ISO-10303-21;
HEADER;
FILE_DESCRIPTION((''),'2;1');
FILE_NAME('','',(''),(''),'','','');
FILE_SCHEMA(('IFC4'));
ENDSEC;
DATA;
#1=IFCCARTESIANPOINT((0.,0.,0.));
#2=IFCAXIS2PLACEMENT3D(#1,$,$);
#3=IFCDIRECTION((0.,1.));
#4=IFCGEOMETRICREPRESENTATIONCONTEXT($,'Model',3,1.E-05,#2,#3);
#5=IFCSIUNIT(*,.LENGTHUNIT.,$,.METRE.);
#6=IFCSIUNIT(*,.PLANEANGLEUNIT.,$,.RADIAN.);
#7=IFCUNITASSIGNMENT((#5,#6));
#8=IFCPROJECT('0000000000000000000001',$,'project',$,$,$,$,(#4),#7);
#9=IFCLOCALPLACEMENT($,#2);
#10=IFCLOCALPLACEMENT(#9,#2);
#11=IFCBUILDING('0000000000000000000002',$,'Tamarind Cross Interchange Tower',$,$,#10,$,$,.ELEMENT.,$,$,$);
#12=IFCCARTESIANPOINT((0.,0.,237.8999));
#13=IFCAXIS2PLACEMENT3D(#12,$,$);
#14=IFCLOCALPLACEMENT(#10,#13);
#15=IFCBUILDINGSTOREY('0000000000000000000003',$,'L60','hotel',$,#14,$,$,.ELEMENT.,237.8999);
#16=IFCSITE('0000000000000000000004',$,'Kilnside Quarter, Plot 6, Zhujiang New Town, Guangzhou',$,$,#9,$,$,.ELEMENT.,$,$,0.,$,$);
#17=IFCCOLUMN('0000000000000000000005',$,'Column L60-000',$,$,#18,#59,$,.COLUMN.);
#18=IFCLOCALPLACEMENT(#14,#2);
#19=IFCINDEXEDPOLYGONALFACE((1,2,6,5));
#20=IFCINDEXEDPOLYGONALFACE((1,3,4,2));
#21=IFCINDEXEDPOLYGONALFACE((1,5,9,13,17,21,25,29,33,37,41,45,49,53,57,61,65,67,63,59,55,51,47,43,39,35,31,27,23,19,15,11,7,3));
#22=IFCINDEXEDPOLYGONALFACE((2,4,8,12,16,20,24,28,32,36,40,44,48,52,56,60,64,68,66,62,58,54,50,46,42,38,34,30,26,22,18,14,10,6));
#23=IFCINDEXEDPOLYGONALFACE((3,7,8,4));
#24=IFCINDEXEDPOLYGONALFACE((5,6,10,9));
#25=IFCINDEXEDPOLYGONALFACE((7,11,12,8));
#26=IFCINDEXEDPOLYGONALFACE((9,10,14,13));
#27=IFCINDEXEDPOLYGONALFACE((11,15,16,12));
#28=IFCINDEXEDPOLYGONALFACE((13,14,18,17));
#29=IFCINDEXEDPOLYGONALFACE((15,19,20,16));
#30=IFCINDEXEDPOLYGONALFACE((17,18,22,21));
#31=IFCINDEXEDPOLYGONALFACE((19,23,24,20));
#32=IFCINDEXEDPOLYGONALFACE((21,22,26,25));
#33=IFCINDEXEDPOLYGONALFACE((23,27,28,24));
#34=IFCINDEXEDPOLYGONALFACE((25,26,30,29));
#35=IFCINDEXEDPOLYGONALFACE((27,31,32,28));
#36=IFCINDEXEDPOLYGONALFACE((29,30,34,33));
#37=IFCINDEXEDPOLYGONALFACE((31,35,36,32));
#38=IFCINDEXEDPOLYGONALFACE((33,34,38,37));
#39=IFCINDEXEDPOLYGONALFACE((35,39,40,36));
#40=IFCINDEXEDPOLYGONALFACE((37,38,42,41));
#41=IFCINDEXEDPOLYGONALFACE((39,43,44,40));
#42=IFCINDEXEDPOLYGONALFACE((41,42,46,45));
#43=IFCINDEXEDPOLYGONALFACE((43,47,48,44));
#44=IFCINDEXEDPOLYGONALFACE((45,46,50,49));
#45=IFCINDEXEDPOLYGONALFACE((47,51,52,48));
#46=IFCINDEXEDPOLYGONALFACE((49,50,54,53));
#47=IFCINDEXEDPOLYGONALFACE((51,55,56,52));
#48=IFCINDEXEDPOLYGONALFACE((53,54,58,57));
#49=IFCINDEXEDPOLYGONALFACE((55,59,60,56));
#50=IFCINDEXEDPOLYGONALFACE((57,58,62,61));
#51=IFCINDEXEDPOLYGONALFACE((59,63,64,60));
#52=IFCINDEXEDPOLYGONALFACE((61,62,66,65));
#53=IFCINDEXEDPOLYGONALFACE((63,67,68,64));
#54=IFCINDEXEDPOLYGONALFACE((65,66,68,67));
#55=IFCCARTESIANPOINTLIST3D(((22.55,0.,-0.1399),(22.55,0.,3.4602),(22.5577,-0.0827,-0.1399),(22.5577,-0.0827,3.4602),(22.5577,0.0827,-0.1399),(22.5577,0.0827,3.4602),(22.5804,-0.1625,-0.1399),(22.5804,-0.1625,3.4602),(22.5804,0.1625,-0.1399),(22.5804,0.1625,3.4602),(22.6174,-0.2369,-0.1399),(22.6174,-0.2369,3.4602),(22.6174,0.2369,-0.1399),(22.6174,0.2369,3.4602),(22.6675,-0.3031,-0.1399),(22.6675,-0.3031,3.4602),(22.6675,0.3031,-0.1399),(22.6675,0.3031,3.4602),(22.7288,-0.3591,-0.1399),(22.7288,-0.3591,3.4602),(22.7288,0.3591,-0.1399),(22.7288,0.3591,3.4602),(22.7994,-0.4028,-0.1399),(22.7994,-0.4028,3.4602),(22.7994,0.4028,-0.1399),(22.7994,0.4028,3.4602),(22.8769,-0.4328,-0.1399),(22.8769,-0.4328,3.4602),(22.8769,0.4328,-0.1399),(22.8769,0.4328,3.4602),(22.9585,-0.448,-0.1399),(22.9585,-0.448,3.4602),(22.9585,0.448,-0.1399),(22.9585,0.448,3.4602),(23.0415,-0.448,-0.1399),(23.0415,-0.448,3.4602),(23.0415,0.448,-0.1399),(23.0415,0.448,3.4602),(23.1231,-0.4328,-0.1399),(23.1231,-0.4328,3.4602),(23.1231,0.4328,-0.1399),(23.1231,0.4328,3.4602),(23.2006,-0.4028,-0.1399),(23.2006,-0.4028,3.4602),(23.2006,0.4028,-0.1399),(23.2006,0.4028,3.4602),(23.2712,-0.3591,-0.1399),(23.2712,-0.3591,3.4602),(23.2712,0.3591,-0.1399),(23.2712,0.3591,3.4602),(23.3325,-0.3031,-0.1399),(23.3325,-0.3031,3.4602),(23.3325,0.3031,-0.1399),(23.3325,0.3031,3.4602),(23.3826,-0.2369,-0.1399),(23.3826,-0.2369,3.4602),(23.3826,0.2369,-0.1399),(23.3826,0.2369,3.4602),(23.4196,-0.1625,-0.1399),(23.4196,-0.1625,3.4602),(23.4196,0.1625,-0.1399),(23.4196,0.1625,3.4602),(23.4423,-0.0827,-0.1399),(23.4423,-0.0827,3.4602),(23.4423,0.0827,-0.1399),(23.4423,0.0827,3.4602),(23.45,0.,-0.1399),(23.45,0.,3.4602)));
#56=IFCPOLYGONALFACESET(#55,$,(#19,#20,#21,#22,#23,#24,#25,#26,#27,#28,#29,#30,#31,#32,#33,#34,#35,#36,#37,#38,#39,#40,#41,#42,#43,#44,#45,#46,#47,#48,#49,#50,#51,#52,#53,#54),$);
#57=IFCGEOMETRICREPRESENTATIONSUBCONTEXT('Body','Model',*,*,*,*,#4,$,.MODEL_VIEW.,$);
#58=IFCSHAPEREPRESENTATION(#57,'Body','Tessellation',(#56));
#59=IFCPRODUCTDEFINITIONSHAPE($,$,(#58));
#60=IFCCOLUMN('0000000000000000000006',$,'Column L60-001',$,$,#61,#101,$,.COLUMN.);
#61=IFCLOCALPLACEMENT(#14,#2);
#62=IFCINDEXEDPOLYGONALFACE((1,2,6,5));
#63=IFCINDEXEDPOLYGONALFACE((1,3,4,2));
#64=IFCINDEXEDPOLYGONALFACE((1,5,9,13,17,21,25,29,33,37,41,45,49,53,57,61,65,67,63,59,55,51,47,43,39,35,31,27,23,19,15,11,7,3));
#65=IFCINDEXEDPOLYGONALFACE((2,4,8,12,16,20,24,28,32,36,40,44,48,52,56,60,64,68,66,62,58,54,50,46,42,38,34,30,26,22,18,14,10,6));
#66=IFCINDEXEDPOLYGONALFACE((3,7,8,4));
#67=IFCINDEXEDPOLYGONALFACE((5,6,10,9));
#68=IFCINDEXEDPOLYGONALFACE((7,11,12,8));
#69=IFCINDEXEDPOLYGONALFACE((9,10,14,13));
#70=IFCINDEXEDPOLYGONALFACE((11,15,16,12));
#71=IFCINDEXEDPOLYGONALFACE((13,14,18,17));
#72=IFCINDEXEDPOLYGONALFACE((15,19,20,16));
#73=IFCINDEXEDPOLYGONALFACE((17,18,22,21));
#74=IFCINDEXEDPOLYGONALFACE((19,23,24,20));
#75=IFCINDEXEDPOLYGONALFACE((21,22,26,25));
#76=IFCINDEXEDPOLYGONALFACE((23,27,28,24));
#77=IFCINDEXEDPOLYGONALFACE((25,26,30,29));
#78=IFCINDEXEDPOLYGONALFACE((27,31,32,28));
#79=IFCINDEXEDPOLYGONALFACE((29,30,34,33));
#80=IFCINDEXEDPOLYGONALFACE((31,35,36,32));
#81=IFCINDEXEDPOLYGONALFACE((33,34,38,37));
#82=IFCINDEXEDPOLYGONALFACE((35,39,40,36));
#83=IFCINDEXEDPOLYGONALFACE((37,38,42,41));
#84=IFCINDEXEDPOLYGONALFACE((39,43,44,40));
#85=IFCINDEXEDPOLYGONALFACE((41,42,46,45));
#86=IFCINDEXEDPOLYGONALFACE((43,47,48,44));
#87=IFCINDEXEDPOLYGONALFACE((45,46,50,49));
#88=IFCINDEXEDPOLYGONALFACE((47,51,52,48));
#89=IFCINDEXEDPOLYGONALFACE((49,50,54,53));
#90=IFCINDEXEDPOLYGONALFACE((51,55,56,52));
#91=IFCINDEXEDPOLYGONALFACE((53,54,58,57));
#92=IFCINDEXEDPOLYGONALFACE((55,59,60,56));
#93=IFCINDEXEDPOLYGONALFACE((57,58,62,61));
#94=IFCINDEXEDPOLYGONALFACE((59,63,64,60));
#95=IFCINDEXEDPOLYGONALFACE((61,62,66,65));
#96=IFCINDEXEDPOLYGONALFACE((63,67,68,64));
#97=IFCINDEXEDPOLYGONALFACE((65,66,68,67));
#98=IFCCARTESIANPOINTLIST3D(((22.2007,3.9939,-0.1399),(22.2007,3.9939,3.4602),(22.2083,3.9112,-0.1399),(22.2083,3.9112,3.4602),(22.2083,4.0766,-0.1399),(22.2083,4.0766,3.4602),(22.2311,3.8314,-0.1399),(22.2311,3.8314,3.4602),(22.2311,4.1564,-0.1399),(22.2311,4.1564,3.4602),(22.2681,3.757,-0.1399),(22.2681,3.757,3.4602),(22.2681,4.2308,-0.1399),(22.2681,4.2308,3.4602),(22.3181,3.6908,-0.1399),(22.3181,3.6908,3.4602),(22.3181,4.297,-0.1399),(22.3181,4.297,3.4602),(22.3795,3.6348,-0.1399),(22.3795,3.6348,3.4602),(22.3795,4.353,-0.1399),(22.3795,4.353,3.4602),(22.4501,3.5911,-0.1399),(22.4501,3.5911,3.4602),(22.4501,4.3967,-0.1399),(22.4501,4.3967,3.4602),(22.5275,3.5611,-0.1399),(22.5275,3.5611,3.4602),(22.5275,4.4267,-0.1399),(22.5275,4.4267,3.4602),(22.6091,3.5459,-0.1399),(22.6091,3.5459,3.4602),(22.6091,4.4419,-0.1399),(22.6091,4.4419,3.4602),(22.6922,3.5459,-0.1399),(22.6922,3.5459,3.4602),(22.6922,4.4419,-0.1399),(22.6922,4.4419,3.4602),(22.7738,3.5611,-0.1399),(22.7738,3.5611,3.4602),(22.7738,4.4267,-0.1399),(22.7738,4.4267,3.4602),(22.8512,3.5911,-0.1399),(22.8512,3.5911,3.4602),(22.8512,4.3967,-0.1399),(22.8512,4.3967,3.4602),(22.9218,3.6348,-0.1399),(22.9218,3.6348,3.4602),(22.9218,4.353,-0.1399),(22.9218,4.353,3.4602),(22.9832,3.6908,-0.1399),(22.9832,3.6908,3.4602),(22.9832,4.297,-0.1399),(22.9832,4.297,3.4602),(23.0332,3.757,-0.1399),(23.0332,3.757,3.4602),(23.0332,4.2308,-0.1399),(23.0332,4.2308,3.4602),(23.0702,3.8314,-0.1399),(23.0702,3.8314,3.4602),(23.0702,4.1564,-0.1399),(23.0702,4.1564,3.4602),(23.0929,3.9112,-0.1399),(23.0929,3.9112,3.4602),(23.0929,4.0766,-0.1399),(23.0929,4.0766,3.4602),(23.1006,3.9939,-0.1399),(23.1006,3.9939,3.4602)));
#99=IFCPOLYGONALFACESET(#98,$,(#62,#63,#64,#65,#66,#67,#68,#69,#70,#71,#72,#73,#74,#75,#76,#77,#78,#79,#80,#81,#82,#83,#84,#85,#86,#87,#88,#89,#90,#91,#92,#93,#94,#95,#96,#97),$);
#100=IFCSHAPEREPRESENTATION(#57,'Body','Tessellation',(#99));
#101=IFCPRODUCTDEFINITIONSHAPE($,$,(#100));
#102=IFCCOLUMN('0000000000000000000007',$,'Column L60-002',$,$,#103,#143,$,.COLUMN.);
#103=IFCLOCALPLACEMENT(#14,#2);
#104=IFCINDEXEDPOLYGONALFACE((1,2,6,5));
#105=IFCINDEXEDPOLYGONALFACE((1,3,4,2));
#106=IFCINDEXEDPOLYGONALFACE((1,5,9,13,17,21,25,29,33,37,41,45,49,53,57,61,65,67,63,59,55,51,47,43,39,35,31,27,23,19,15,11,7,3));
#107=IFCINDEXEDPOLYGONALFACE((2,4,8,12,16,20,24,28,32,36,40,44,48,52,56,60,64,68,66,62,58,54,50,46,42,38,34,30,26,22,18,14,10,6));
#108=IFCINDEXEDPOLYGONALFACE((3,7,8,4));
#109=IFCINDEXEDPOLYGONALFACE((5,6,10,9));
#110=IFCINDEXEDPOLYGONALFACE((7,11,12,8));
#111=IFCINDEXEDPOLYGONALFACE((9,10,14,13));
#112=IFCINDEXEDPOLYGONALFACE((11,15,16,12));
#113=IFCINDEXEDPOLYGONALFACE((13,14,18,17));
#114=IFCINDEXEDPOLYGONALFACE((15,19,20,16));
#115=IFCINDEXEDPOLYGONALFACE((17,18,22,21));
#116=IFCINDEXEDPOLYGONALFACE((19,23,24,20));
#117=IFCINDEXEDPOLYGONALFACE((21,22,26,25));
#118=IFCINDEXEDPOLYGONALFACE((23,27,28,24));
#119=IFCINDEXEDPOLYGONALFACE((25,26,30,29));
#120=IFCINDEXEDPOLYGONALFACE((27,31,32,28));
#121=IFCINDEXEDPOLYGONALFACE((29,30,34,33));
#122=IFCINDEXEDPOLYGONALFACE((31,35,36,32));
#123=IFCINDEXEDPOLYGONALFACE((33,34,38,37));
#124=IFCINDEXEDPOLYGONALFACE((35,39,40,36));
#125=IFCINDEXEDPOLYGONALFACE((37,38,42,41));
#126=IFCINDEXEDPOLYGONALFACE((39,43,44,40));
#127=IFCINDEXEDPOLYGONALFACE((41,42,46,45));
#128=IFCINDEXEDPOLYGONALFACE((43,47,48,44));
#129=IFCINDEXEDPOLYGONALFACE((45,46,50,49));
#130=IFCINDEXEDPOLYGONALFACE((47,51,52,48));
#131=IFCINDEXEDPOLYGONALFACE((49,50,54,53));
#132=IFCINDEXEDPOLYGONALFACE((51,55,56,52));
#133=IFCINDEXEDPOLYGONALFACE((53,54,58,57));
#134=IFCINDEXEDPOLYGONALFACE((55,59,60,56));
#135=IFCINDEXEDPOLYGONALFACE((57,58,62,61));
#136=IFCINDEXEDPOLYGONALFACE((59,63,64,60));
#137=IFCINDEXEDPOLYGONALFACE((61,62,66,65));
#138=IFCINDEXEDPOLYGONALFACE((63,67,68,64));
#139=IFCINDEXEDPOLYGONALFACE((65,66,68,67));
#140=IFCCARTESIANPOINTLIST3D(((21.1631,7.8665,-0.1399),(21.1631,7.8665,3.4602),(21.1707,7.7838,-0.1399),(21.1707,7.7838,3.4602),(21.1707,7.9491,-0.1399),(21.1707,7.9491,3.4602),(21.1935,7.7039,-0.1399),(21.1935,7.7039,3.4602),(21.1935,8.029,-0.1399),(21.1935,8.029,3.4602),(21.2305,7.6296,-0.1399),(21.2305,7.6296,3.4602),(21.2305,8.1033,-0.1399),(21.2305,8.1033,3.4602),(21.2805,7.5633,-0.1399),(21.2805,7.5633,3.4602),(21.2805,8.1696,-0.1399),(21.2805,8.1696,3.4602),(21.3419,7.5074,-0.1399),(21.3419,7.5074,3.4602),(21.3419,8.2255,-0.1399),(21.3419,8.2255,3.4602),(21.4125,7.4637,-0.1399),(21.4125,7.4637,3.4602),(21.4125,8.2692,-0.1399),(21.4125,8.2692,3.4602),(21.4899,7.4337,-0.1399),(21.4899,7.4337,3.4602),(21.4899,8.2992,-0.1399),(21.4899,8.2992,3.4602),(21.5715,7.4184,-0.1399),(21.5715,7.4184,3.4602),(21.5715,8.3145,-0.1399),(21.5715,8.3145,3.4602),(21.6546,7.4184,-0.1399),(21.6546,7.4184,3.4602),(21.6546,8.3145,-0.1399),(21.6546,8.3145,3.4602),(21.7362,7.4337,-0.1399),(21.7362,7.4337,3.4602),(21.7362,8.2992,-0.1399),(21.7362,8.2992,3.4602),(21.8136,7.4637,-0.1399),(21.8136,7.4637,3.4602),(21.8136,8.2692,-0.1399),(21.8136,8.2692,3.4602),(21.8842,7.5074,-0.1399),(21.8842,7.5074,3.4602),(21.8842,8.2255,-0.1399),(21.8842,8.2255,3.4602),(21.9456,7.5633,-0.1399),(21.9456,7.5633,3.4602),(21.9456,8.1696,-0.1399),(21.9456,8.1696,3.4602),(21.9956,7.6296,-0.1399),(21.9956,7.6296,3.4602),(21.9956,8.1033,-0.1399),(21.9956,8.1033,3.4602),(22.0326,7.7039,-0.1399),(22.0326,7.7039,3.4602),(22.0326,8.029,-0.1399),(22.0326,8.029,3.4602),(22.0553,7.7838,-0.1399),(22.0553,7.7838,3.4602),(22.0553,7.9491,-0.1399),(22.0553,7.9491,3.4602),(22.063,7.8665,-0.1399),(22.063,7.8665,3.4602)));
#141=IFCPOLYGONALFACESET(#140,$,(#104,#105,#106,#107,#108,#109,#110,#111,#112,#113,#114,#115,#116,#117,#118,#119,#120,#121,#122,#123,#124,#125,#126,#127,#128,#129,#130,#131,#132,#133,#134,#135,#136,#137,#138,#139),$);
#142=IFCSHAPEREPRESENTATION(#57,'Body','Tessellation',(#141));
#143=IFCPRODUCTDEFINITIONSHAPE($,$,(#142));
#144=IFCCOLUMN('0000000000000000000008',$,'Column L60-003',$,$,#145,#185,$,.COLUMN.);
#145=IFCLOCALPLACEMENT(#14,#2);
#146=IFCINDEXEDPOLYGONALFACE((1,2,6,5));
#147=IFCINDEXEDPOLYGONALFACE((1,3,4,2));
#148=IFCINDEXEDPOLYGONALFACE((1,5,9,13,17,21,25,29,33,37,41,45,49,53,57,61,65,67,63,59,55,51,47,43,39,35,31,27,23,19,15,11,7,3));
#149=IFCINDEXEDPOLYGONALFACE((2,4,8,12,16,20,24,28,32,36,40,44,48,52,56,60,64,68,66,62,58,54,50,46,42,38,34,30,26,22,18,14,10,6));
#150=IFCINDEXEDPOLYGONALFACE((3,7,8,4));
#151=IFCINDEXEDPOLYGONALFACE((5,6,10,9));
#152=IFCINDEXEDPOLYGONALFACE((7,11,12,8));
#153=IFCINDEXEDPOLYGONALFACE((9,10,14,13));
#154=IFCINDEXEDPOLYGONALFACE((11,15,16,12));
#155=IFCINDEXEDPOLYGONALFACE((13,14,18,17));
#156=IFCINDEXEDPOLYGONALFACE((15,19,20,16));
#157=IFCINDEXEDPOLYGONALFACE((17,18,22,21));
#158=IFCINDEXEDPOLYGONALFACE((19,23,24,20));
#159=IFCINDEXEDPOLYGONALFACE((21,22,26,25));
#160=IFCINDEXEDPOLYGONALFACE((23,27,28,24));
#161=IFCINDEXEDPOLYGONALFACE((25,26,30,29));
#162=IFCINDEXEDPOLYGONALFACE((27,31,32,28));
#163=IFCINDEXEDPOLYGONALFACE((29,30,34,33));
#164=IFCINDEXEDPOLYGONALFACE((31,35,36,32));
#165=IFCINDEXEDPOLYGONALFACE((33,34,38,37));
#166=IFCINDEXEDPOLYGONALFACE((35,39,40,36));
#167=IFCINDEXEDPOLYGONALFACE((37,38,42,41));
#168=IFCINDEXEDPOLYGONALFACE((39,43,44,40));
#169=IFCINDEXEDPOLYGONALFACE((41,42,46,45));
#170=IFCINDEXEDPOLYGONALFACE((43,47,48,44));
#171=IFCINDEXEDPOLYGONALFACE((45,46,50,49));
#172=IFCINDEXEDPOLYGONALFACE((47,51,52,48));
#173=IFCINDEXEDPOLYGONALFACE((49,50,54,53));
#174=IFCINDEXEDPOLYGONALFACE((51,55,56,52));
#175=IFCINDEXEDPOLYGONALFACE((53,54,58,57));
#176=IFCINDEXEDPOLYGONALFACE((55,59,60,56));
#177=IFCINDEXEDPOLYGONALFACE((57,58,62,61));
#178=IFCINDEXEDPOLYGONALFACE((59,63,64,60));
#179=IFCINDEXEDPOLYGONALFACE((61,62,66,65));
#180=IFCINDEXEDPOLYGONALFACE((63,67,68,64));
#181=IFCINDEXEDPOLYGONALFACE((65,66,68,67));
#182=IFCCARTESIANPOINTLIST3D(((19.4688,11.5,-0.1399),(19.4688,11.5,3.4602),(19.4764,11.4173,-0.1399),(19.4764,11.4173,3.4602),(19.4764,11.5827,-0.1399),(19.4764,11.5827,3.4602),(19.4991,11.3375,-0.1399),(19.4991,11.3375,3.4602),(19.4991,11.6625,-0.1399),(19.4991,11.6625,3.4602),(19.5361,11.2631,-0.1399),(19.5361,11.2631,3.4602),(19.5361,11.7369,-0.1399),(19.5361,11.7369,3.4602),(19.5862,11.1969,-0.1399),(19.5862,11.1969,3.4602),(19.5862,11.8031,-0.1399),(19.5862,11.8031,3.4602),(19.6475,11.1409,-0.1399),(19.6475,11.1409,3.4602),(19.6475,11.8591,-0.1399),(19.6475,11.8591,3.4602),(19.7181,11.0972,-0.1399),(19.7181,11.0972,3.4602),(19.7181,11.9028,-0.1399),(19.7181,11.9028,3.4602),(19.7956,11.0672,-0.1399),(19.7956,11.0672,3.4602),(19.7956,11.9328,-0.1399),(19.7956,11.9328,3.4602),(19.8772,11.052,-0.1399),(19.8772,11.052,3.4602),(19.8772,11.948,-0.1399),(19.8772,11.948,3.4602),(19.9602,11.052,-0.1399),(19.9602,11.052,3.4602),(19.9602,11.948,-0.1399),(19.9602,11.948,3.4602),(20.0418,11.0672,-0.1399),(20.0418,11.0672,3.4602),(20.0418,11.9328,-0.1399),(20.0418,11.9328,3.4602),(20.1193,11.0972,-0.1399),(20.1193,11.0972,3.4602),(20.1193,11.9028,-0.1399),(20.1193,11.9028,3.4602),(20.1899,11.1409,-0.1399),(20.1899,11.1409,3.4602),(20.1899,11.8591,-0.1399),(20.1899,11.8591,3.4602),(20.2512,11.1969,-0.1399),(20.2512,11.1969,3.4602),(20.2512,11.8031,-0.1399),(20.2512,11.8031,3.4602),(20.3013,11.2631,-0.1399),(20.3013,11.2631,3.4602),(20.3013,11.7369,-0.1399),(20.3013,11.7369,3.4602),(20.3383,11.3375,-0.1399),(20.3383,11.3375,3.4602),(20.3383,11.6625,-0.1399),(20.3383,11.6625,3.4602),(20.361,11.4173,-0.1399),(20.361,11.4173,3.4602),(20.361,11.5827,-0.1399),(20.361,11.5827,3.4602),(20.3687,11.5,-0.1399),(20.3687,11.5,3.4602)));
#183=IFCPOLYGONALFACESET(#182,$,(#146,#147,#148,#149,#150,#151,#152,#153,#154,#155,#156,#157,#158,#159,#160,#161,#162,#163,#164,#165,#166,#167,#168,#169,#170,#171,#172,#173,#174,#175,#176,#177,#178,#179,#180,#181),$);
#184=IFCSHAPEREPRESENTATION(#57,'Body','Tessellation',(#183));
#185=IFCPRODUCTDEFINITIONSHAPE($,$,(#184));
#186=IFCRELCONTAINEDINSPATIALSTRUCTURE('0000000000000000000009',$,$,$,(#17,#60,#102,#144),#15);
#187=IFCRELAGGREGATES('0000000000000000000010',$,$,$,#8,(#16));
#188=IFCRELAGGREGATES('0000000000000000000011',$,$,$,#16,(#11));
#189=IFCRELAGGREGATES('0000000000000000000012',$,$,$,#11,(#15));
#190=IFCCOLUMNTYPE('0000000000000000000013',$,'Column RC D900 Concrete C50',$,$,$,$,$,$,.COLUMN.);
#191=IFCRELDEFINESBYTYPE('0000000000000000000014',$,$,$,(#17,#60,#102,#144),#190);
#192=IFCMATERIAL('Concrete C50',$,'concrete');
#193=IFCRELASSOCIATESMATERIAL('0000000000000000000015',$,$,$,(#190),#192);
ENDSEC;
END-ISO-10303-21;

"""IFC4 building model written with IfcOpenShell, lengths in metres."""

from ifc_helpers import new_model, si_unit, direction, frame, origin, origin_2d, place, context, subcontext, project, spatial, circle, extrude, material, material_profile, profile_set, type_object, element, save


model = new_model("IFC4")

# Units and contexts
model_context = context("Model", 3, precision=1e-05, world=origin(), true_north=direction((0.0, 1.0)))
body_context = subcontext(model_context, "Body", "Model", "MODEL_VIEW")
ifc_project = project(units=[si_unit("LENGTHUNIT", "METRE"), si_unit("PLANEANGLEUNIT", "RADIAN")], contexts=[model_context])

# Site, building, storey
site_placement = place(None, origin())
site = spatial("IfcSite", under=ifc_project, at=site_placement, Name="Kilnside Quarter, Plot 6, Zhujiang New Town, Guangzhou", CompositionType="ELEMENT", RefElevation=0.0)
building_placement = place(site_placement, origin())
building = spatial("IfcBuilding", under=site, at=building_placement, Name="Tamarind Cross Interchange Tower", CompositionType="ELEMENT")
storey_placement = place(building_placement, frame((0.0, 0.0, 237.8999)))
storey = spatial("IfcBuildingStorey", under=building, at=storey_placement, Name="L60", Description="hotel", CompositionType="ELEMENT", Elevation=237.8999)

# Columns
ifc_material_1 = material(Name="Concrete C50", Category="concrete")
ifc_material_profile_1 = material_profile(ifc_material_1, circle(Radius=0.45, at=origin_2d()), Name="RC D900")
ifc_profile_set_1 = profile_set([ifc_material_profile_1], Name="Concrete C50")
column_type = type_object("IfcColumnType", Name="Column RC D900 Concrete C50", PredefinedType="COLUMN", material=ifc_profile_set_1)
for number, where, z_axis, x_axis, name in (
    (1, (23.0, 0.0, -0.1399), (0.0, 0.0, 1.0), (1.0, 0.0, 0.0), "Column L60-000"),
    (2, (22.6506, 3.9939, -0.1399), (0.0, 0.0, 1.0), (1.0, 0.0, 0.0), "Column L60-001"),
    (3, (21.613, 7.8665, -0.1399), (0.0, 0.0, 1.0), (1.0, 0.0, 0.0), "Column L60-002"),
    (4, (19.9187, 11.5, -0.1399), (0.0, 0.0, 1.0), (1.0, 0.0, 0.0), "Column L60-003"),
):
    element("IfcColumn", number, at=place(storey_placement, frame(where, z_axis=z_axis, x_axis=x_axis)), inside=storey, type_object=column_type, Name=name, PredefinedType="COLUMN", context=body_context, shape_type="SweptSolid", body=[
        extrude(circle(Radius=0.45, at=origin_2d()), origin(), (0.0, 0.0, 1.0), 3.6001),
    ])

save(model, "model.ifc")
